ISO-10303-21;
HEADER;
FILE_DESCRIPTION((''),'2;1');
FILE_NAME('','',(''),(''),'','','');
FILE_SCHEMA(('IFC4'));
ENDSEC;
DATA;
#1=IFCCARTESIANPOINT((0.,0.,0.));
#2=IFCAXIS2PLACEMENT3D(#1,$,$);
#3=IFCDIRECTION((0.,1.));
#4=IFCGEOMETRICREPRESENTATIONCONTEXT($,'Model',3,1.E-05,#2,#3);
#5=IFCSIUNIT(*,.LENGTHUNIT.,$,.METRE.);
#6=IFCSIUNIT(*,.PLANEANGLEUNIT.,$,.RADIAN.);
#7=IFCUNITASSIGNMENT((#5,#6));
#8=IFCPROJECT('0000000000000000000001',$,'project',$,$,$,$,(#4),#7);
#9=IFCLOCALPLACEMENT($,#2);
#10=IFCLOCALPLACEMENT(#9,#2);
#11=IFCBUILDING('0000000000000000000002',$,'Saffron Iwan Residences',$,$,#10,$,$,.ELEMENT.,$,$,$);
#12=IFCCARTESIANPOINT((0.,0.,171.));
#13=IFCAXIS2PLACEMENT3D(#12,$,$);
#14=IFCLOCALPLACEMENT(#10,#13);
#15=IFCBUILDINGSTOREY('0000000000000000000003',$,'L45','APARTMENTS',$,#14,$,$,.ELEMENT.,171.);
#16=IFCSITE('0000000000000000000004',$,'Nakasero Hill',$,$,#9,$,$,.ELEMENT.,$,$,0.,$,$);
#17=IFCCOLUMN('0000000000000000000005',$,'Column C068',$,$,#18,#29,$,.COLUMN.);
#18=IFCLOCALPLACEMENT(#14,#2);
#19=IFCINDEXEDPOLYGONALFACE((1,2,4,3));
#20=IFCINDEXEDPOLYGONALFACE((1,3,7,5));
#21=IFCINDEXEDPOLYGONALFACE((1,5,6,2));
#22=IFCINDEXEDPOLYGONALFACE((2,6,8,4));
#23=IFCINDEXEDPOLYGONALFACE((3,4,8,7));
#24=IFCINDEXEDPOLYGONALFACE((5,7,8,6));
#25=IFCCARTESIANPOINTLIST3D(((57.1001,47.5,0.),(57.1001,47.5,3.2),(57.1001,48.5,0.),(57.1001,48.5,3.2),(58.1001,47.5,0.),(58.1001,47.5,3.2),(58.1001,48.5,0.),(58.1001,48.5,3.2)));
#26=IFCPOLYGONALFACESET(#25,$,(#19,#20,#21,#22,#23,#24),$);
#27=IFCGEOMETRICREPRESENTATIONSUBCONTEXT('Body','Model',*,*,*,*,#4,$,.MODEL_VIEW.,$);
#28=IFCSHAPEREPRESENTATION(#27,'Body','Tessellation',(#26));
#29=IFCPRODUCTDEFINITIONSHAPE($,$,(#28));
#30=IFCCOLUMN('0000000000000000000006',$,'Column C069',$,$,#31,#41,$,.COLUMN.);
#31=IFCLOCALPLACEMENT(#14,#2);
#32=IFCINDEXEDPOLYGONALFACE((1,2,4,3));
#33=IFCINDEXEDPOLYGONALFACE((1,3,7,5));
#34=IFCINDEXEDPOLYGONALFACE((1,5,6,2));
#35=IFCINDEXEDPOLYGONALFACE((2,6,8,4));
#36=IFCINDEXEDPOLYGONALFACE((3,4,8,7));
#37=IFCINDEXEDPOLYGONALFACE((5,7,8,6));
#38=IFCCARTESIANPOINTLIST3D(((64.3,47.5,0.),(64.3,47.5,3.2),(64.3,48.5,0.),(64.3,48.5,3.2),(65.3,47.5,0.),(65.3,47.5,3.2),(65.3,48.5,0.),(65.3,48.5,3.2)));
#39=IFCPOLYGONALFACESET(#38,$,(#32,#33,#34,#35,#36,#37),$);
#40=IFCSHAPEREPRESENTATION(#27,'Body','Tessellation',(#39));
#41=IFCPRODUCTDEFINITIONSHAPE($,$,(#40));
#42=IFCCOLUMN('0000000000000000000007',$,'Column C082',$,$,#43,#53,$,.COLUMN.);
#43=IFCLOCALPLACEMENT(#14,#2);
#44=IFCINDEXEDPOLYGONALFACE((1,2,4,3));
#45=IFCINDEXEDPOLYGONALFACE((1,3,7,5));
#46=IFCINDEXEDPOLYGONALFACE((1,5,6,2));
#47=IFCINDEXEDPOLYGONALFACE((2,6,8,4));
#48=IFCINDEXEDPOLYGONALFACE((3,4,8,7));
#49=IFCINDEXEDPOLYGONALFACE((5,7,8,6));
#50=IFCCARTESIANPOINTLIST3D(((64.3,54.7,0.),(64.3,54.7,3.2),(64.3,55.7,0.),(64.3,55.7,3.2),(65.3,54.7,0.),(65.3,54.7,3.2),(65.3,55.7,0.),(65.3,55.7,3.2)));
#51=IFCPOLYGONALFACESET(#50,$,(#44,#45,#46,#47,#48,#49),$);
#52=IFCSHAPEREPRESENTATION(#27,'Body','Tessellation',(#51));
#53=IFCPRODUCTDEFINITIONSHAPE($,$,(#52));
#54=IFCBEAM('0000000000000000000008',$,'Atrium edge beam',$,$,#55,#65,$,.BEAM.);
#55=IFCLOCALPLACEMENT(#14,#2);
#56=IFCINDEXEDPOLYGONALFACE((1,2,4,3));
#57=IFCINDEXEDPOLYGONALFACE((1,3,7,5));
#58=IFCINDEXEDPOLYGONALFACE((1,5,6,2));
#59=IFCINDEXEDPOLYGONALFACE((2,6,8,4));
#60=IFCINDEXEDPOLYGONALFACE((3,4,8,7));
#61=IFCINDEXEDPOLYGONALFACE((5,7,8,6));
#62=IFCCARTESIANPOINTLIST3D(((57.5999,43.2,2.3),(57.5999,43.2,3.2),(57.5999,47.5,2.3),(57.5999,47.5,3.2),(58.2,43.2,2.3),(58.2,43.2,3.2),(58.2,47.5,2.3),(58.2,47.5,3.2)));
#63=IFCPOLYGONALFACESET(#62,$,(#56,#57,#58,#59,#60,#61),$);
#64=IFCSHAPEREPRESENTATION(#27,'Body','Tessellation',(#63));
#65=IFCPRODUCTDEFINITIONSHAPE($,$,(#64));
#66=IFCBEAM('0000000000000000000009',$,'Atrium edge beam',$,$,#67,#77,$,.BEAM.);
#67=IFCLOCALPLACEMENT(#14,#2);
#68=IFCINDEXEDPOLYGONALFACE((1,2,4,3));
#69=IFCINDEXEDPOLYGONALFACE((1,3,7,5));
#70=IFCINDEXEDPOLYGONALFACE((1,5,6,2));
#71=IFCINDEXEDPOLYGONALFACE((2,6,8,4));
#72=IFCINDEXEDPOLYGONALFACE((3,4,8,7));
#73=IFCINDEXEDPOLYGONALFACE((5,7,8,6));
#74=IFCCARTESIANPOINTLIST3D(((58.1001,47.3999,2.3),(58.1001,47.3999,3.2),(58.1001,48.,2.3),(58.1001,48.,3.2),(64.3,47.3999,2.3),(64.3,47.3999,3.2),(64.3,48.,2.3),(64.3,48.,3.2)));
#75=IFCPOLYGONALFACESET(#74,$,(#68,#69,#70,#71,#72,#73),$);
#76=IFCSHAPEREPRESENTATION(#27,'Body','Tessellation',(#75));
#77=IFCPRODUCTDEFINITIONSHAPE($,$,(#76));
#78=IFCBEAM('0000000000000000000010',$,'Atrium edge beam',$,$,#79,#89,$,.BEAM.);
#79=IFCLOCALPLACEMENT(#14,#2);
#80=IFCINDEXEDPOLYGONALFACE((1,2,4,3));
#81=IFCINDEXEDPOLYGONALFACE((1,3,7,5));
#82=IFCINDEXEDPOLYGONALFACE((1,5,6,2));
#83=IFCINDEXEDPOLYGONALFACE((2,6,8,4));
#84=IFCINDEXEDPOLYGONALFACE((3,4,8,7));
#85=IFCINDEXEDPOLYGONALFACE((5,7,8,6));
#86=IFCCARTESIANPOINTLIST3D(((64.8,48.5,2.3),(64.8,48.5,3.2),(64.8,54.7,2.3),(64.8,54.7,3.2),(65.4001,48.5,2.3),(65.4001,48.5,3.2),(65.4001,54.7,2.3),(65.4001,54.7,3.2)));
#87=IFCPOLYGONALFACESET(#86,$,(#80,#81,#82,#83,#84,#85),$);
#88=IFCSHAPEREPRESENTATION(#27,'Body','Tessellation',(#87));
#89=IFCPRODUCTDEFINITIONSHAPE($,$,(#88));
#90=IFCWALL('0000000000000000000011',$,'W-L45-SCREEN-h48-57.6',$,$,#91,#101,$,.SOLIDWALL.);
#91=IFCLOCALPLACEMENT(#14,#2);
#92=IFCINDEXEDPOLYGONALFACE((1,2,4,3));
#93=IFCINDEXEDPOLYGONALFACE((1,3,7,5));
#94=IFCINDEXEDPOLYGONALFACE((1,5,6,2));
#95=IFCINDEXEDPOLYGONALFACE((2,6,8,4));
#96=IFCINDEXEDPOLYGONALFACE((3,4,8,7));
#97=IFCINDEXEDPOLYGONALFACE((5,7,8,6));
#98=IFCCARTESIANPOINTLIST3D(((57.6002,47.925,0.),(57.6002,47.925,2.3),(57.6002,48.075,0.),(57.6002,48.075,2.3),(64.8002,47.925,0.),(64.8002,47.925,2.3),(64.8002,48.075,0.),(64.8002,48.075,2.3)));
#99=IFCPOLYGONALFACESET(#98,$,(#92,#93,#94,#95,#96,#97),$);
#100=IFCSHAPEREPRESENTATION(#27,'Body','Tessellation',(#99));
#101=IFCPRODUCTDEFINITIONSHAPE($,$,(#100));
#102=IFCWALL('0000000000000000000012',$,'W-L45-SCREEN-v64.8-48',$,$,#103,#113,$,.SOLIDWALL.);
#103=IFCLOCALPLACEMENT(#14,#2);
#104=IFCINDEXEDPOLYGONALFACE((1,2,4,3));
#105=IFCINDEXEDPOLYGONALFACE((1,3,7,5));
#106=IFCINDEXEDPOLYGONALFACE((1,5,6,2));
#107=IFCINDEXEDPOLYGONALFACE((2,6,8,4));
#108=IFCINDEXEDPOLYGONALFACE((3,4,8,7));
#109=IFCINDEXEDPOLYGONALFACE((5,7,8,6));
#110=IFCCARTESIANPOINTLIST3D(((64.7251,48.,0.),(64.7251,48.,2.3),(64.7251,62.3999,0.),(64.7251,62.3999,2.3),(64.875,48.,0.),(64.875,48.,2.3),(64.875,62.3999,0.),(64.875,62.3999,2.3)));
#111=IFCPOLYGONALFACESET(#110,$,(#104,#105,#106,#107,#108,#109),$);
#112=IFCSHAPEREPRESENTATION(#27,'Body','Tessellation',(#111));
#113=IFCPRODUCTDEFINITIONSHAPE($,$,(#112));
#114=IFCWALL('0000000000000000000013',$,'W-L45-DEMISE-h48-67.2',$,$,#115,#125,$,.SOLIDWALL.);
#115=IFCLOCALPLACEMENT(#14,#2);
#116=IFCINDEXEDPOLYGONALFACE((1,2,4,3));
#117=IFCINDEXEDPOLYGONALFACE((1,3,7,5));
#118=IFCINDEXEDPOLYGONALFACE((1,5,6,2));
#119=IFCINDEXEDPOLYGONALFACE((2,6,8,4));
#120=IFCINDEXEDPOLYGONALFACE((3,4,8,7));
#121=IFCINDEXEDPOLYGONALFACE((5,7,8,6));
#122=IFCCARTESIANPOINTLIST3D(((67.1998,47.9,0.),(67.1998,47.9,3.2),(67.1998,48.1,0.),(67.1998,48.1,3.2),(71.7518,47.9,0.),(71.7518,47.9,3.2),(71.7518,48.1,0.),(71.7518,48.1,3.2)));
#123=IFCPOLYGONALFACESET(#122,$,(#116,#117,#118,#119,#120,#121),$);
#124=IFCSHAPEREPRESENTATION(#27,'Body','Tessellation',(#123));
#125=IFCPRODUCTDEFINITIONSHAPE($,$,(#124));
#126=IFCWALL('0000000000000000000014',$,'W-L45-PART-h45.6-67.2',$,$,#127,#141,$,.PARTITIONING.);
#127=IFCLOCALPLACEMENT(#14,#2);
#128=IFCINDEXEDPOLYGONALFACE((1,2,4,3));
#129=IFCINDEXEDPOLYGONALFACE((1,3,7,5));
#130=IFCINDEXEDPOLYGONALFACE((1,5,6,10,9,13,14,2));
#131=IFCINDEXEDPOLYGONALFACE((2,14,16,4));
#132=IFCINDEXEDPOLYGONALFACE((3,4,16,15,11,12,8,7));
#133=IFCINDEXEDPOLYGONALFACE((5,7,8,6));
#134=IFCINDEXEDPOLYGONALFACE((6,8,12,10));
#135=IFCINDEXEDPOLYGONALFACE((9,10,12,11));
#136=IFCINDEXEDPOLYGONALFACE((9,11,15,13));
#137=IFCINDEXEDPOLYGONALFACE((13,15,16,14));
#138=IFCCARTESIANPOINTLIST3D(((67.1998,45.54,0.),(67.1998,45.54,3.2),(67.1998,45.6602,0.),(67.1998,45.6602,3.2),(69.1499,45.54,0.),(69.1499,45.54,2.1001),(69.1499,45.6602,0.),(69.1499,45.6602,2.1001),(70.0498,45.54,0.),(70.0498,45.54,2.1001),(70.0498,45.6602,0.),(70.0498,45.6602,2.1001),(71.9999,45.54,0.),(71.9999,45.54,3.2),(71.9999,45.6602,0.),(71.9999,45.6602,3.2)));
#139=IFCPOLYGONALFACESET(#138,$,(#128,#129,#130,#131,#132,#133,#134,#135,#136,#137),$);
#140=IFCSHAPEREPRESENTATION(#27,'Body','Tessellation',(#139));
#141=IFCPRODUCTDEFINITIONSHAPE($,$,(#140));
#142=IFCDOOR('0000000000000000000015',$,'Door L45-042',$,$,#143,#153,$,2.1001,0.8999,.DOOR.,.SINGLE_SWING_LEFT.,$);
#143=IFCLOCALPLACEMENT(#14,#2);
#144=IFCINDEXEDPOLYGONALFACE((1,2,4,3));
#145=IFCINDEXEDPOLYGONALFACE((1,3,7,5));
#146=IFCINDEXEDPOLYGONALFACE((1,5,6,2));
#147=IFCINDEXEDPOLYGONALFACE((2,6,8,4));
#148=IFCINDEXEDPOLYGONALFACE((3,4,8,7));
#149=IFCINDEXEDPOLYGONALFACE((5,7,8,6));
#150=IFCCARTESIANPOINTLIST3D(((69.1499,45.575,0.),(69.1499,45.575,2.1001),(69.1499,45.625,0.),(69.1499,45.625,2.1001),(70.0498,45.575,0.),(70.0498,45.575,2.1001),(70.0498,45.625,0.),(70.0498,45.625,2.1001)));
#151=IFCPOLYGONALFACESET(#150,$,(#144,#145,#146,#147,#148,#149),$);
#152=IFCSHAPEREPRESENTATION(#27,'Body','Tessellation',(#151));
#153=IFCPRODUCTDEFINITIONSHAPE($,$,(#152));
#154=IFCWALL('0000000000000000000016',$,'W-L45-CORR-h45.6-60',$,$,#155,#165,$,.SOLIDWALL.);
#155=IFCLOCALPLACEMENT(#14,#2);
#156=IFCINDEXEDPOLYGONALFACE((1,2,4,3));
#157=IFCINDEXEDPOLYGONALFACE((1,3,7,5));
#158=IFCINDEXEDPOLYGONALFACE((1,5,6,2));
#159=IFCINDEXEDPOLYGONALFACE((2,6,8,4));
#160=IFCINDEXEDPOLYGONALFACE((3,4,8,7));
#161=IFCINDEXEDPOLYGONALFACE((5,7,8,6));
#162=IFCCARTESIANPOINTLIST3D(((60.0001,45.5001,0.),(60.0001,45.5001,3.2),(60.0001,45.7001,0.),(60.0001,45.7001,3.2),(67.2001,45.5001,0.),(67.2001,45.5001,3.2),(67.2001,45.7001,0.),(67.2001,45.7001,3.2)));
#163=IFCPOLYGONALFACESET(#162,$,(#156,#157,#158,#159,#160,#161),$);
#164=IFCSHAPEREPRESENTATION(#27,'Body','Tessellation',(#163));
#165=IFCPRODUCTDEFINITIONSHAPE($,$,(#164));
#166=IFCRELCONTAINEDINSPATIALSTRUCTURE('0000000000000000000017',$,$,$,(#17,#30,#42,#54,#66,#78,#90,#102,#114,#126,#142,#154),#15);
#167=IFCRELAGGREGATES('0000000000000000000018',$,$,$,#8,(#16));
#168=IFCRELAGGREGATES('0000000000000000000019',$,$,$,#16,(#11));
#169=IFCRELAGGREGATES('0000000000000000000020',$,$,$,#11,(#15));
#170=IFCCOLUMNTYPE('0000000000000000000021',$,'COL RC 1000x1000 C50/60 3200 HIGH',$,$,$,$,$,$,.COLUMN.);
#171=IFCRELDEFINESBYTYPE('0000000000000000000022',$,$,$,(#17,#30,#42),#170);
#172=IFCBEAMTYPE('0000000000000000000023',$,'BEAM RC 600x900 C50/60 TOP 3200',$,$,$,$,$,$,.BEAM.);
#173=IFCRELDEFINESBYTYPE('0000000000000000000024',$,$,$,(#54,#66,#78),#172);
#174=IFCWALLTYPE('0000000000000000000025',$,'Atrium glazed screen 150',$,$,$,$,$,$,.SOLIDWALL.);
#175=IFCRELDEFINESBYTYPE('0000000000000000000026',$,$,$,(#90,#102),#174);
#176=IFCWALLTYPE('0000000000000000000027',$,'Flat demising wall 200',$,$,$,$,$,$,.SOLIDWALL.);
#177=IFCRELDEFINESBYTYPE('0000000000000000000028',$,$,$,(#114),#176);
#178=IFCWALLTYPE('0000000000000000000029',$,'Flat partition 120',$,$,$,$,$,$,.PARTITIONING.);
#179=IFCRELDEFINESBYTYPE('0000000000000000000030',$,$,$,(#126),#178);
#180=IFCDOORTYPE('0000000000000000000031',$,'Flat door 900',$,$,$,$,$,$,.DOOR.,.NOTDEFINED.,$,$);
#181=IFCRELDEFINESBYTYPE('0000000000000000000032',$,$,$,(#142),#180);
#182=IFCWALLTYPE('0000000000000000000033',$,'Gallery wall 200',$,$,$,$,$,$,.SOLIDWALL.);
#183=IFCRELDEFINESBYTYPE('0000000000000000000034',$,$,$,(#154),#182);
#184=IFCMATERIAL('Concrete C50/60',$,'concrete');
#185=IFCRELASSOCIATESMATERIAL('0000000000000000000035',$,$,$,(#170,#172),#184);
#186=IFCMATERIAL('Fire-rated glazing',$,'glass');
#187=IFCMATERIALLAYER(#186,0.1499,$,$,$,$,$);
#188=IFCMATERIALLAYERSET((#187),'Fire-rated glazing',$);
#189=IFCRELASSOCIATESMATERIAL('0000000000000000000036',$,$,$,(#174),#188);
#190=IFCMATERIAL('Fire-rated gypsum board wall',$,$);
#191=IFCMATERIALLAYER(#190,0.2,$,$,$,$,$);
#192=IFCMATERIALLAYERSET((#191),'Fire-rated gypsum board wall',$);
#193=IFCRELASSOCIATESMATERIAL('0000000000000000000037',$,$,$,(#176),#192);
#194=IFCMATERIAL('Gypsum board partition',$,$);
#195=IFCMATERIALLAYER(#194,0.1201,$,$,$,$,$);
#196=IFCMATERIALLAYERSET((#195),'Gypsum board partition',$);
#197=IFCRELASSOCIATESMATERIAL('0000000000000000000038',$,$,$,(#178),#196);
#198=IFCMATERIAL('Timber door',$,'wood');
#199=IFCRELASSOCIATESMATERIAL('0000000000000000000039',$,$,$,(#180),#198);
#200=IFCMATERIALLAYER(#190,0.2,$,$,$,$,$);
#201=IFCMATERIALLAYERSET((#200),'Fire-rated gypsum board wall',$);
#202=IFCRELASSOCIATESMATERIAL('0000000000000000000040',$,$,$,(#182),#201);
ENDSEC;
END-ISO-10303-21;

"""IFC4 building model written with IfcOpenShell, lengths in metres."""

from ifc_helpers import new_model, si_unit, direction, frame, frame_2d, origin, origin_2d, place, context, subcontext, project, spatial, rectangle, extrude, source, transform, mapped, material, layer, layer_set, material_profile, profile_set, type_object, element, fill, save


model = new_model("IFC4")

# Units and contexts
model_context = context("Model", 3, precision=1e-05, world=origin(), true_north=direction((0.0, 1.0)))
body_context = subcontext(model_context, "Body", "Model", "MODEL_VIEW")
ifc_project = project(units=[si_unit("LENGTHUNIT", "METRE"), si_unit("PLANEANGLEUNIT", "RADIAN")], contexts=[model_context])

# Site, building, storey
site_placement = place(None, origin())
site = spatial("IfcSite", under=ifc_project, at=site_placement, Name="Nakasero Hill", CompositionType="ELEMENT", RefElevation=0.0)
building_placement = place(site_placement, origin())
building = spatial("IfcBuilding", under=site, at=building_placement, Name="Saffron Iwan Residences", CompositionType="ELEMENT")
storey_placement = place(building_placement, frame((0.0, 0.0, 171.0)))
storey = spatial("IfcBuildingStorey", under=building, at=storey_placement, Name="L45", Description="APARTMENTS", CompositionType="ELEMENT", Elevation=171.0)

# Columns
ifc_material_1 = material(Name="Concrete C50/60", Category="concrete")
ifc_material_profile_1 = material_profile(ifc_material_1, rectangle(XDim=1.0, YDim=1.0, at=origin_2d()), Name="RC 1000x1000")
ifc_profile_set_1 = profile_set([ifc_material_profile_1], Name="Concrete C50/60")
column_type = type_object("IfcColumnType", Name="COL RC 1000x1000 C50/60 3200 HIGH", PredefinedType="COLUMN", material=ifc_profile_set_1)
shared_shape_1 = source(origin(), body_context, "Body", "SweptSolid", [
    extrude(rectangle(XDim=1.0, YDim=1.0, at=origin_2d()), origin(), (0.0, 0.0, 1.0), 3.2),
])
for number, where, z_axis, x_axis, name in (
    (1, (57.6001, 48.0, 0.0), (0.0, 0.0, 1.0), (1.0, 0.0, 0.0), "Column C068"),
    (2, (64.8, 48.0, 0.0), (0.0, 0.0, 1.0), (1.0, 0.0, 0.0), "Column C069"),
    (3, (64.8, 55.2, 0.0), (0.0, 0.0, 1.0), (1.0, 0.0, 0.0), "Column C082"),
):
    element("IfcColumn", number, at=place(storey_placement, frame(where, z_axis=z_axis, x_axis=x_axis)), inside=storey, type_object=column_type, Name=name, PredefinedType="COLUMN", context=body_context, shape_type="MappedRepresentation", body=[
        mapped(shared_shape_1, transform((0.0, 0.0, 0.0))),
    ])

# Beams
ifc_material_profile_2 = material_profile(ifc_material_1, rectangle(XDim=0.6001, YDim=0.8999, at=origin_2d()), Name="RC 600x900")
ifc_profile_set_2 = profile_set([ifc_material_profile_2], Name="Concrete C50/60")
beam_type = type_object("IfcBeamType", Name="BEAM RC 600x900 C50/60 TOP 3200", PredefinedType="BEAM", material=ifc_profile_set_2)
shared_shape_2 = source(origin(), body_context, "Body", "SweptSolid", [
    extrude(rectangle(XDim=0.6001, YDim=0.8999, at=origin_2d()), origin(), (0.0, 0.0, 1.0), 4.3),
])
beam_placement = place(storey_placement, frame((57.8999, 47.5, 2.75), z_axis=(0.0, -1.0, 0.0), x_axis=(1.0, 0.0, 0.0)))
element("IfcBeam", 4, at=beam_placement, inside=storey, type_object=beam_type, Name="Atrium edge beam", PredefinedType="BEAM", context=body_context, shape_type="MappedRepresentation", body=[
    mapped(shared_shape_2, transform((0.0, 0.0, 0.0))),
])
shared_shape_3 = source(origin(), body_context, "Body", "SweptSolid", [
    extrude(rectangle(XDim=0.6001, YDim=0.8999, at=origin_2d()), origin(), (0.0, 0.0, 1.0), 6.2),
])
for number, where, z_axis, x_axis, name in (
    (5, (64.3, 47.7, 2.75), (-1.0, 0.0, 0.0), (0.0, -1.0, 0.0), "Atrium edge beam"),
    (6, (65.1001, 54.7, 2.75), (0.0, -1.0, 0.0), (1.0, 0.0, 0.0), "Atrium edge beam"),
):
    element("IfcBeam", number, at=place(storey_placement, frame(where, z_axis=z_axis, x_axis=x_axis)), inside=storey, type_object=beam_type, Name=name, PredefinedType="BEAM", context=body_context, shape_type="MappedRepresentation", body=[
        mapped(shared_shape_3, transform((0.0, 0.0, 0.0))),
    ])

# Walls
ifc_material_2 = material(Name="Fire-rated glazing", Category="glass")
ifc_layer_1 = layer(ifc_material_2, 0.1499)
ifc_layer_set_1 = layer_set([ifc_layer_1], Name="Fire-rated glazing")
wall_type_1 = type_object("IfcWallType", Name="Atrium glazed screen 150", PredefinedType="SOLIDWALL", material=ifc_layer_set_1)
wall_1_placement = place(storey_placement, frame((57.6001, 48.0, 0.0), z_axis=(0.0, 0.0, 1.0), x_axis=(1.0, 0.0, 0.0)))
element("IfcWall", 7, at=wall_1_placement, inside=storey, type_object=wall_type_1, Name="W-L45-SCREEN-h48-57.6", PredefinedType="SOLIDWALL", context=body_context, shape_type="SweptSolid", body=[
    extrude(rectangle(XDim=7.2, YDim=0.1499, at=frame_2d((3.6001, 0.0))), origin(), (0.0, 0.0, 1.0), 2.3),
])
wall_2_placement = place(storey_placement, frame((64.8, 48.0, 0.0), z_axis=(0.0, 0.0, 1.0), x_axis=(0.0, 1.0, 0.0)))
element("IfcWall", 8, at=wall_2_placement, inside=storey, type_object=wall_type_1, Name="W-L45-SCREEN-v64.8-48", PredefinedType="SOLIDWALL", context=body_context, shape_type="SweptSolid", body=[
    extrude(rectangle(XDim=14.3999, YDim=0.1499, at=frame_2d((7.2, 0.0))), origin(), (0.0, 0.0, 1.0), 2.3),
])
ifc_material_3 = material(Name="Fire-rated gypsum board wall")
ifc_layer_2 = layer(ifc_material_3, 0.2)
ifc_layer_set_2 = layer_set([ifc_layer_2], Name="Fire-rated gypsum board wall")
wall_type_2 = type_object("IfcWallType", Name="Flat demising wall 200", PredefinedType="SOLIDWALL", material=ifc_layer_set_2)
wall_3_placement = place(storey_placement, frame((67.2, 48.0, 0.0), z_axis=(0.0, 0.0, 1.0), x_axis=(1.0, 0.0, 0.0)))
element("IfcWall", 9, at=wall_3_placement, inside=storey, type_object=wall_type_2, Name="W-L45-DEMISE-h48-67.2", PredefinedType="SOLIDWALL", context=body_context, shape_type="SweptSolid", body=[
    extrude(rectangle(XDim=4.552, YDim=0.2, at=frame_2d((2.2759, 0.0))), origin(), (0.0, 0.0, 1.0), 3.2),
])

# Wall, opening, door
ifc_material_4 = material(Name="Gypsum board partition")
ifc_layer_3 = layer(ifc_material_4, 0.1201)
ifc_layer_set_3 = layer_set([ifc_layer_3], Name="Gypsum board partition")
wall_type_3 = type_object("IfcWallType", Name="Flat partition 120", PredefinedType="PARTITIONING", material=ifc_layer_set_3)
wall_4_placement = place(storey_placement, frame((67.2, 45.6001, 0.0), z_axis=(0.0, 0.0, 1.0), x_axis=(1.0, 0.0, 0.0)))
wall_4 = element("IfcWall", 10, at=wall_4_placement, inside=storey, type_object=wall_type_3, Name="W-L45-PART-h45.6-67.2", PredefinedType="PARTITIONING", context=body_context, shape_type="SweptSolid", body=[
    extrude(rectangle(XDim=4.8, YDim=0.1201, at=frame_2d((2.3999, 0.0))), origin(), (0.0, 0.0, 1.0), 3.2),
])
opening_1_placement = place(wall_4_placement, frame((1.95, 0.0, 0.0)))
opening_1 = element("IfcOpeningElement", 11, at=opening_1_placement, cuts=wall_4, PredefinedType="OPENING", context=body_context, shape_type="SweptSolid", body=[
    extrude(rectangle(XDim=0.8999, YDim=2.1001, at=frame_2d((0.45, 1.05))), frame((0.0, 0.0701, 0.0), z_axis=(0.0, -1.0, 0.0), x_axis=(1.0, 0.0, 0.0)), (0.0, 0.0, 1.0), 0.1401),
])
ifc_material_5 = material(Name="Timber door", Category="wood")
door_type_1 = type_object("IfcDoorType", Name="Flat door 900", OperationType="NOTDEFINED", PredefinedType="DOOR", material=ifc_material_5)
door_1_placement = place(opening_1_placement, origin())
door_1 = element("IfcDoor", 12, at=door_1_placement, inside=storey, type_object=door_type_1, Name="Door L45-042", OperationType="SINGLE_SWING_LEFT", OverallHeight=2.1001, OverallWidth=0.8999, PredefinedType="DOOR", context=body_context, shape_type="SweptSolid", body=[
    extrude(rectangle(XDim=0.8999, YDim=2.1001, at=frame_2d((0.45, 1.05))), frame((0.0, 0.0249, 0.0), z_axis=(0.0, -1.0, 0.0), x_axis=(1.0, 0.0, 0.0)), (0.0, 0.0, 1.0), 0.05),
])
fill(opening_1, door_1)

# Wall
ifc_layer_4 = layer(ifc_material_3, 0.2)
ifc_layer_set_4 = layer_set([ifc_layer_4], Name="Fire-rated gypsum board wall")
wall_type_4 = type_object("IfcWallType", Name="Gallery wall 200", PredefinedType="SOLIDWALL", material=ifc_layer_set_4)
wall_5_placement = place(storey_placement, frame((60.0, 45.6001, 0.0), z_axis=(0.0, 0.0, 1.0), x_axis=(1.0, 0.0, 0.0)))
element("IfcWall", 13, at=wall_5_placement, inside=storey, type_object=wall_type_4, Name="W-L45-CORR-h45.6-60", PredefinedType="SOLIDWALL", context=body_context, shape_type="SweptSolid", body=[
    extrude(rectangle(XDim=7.2, YDim=0.2, at=frame_2d((3.6001, 0.0))), origin(), (0.0, 0.0, 1.0), 3.2),
])

save(model, "model.ifc")
